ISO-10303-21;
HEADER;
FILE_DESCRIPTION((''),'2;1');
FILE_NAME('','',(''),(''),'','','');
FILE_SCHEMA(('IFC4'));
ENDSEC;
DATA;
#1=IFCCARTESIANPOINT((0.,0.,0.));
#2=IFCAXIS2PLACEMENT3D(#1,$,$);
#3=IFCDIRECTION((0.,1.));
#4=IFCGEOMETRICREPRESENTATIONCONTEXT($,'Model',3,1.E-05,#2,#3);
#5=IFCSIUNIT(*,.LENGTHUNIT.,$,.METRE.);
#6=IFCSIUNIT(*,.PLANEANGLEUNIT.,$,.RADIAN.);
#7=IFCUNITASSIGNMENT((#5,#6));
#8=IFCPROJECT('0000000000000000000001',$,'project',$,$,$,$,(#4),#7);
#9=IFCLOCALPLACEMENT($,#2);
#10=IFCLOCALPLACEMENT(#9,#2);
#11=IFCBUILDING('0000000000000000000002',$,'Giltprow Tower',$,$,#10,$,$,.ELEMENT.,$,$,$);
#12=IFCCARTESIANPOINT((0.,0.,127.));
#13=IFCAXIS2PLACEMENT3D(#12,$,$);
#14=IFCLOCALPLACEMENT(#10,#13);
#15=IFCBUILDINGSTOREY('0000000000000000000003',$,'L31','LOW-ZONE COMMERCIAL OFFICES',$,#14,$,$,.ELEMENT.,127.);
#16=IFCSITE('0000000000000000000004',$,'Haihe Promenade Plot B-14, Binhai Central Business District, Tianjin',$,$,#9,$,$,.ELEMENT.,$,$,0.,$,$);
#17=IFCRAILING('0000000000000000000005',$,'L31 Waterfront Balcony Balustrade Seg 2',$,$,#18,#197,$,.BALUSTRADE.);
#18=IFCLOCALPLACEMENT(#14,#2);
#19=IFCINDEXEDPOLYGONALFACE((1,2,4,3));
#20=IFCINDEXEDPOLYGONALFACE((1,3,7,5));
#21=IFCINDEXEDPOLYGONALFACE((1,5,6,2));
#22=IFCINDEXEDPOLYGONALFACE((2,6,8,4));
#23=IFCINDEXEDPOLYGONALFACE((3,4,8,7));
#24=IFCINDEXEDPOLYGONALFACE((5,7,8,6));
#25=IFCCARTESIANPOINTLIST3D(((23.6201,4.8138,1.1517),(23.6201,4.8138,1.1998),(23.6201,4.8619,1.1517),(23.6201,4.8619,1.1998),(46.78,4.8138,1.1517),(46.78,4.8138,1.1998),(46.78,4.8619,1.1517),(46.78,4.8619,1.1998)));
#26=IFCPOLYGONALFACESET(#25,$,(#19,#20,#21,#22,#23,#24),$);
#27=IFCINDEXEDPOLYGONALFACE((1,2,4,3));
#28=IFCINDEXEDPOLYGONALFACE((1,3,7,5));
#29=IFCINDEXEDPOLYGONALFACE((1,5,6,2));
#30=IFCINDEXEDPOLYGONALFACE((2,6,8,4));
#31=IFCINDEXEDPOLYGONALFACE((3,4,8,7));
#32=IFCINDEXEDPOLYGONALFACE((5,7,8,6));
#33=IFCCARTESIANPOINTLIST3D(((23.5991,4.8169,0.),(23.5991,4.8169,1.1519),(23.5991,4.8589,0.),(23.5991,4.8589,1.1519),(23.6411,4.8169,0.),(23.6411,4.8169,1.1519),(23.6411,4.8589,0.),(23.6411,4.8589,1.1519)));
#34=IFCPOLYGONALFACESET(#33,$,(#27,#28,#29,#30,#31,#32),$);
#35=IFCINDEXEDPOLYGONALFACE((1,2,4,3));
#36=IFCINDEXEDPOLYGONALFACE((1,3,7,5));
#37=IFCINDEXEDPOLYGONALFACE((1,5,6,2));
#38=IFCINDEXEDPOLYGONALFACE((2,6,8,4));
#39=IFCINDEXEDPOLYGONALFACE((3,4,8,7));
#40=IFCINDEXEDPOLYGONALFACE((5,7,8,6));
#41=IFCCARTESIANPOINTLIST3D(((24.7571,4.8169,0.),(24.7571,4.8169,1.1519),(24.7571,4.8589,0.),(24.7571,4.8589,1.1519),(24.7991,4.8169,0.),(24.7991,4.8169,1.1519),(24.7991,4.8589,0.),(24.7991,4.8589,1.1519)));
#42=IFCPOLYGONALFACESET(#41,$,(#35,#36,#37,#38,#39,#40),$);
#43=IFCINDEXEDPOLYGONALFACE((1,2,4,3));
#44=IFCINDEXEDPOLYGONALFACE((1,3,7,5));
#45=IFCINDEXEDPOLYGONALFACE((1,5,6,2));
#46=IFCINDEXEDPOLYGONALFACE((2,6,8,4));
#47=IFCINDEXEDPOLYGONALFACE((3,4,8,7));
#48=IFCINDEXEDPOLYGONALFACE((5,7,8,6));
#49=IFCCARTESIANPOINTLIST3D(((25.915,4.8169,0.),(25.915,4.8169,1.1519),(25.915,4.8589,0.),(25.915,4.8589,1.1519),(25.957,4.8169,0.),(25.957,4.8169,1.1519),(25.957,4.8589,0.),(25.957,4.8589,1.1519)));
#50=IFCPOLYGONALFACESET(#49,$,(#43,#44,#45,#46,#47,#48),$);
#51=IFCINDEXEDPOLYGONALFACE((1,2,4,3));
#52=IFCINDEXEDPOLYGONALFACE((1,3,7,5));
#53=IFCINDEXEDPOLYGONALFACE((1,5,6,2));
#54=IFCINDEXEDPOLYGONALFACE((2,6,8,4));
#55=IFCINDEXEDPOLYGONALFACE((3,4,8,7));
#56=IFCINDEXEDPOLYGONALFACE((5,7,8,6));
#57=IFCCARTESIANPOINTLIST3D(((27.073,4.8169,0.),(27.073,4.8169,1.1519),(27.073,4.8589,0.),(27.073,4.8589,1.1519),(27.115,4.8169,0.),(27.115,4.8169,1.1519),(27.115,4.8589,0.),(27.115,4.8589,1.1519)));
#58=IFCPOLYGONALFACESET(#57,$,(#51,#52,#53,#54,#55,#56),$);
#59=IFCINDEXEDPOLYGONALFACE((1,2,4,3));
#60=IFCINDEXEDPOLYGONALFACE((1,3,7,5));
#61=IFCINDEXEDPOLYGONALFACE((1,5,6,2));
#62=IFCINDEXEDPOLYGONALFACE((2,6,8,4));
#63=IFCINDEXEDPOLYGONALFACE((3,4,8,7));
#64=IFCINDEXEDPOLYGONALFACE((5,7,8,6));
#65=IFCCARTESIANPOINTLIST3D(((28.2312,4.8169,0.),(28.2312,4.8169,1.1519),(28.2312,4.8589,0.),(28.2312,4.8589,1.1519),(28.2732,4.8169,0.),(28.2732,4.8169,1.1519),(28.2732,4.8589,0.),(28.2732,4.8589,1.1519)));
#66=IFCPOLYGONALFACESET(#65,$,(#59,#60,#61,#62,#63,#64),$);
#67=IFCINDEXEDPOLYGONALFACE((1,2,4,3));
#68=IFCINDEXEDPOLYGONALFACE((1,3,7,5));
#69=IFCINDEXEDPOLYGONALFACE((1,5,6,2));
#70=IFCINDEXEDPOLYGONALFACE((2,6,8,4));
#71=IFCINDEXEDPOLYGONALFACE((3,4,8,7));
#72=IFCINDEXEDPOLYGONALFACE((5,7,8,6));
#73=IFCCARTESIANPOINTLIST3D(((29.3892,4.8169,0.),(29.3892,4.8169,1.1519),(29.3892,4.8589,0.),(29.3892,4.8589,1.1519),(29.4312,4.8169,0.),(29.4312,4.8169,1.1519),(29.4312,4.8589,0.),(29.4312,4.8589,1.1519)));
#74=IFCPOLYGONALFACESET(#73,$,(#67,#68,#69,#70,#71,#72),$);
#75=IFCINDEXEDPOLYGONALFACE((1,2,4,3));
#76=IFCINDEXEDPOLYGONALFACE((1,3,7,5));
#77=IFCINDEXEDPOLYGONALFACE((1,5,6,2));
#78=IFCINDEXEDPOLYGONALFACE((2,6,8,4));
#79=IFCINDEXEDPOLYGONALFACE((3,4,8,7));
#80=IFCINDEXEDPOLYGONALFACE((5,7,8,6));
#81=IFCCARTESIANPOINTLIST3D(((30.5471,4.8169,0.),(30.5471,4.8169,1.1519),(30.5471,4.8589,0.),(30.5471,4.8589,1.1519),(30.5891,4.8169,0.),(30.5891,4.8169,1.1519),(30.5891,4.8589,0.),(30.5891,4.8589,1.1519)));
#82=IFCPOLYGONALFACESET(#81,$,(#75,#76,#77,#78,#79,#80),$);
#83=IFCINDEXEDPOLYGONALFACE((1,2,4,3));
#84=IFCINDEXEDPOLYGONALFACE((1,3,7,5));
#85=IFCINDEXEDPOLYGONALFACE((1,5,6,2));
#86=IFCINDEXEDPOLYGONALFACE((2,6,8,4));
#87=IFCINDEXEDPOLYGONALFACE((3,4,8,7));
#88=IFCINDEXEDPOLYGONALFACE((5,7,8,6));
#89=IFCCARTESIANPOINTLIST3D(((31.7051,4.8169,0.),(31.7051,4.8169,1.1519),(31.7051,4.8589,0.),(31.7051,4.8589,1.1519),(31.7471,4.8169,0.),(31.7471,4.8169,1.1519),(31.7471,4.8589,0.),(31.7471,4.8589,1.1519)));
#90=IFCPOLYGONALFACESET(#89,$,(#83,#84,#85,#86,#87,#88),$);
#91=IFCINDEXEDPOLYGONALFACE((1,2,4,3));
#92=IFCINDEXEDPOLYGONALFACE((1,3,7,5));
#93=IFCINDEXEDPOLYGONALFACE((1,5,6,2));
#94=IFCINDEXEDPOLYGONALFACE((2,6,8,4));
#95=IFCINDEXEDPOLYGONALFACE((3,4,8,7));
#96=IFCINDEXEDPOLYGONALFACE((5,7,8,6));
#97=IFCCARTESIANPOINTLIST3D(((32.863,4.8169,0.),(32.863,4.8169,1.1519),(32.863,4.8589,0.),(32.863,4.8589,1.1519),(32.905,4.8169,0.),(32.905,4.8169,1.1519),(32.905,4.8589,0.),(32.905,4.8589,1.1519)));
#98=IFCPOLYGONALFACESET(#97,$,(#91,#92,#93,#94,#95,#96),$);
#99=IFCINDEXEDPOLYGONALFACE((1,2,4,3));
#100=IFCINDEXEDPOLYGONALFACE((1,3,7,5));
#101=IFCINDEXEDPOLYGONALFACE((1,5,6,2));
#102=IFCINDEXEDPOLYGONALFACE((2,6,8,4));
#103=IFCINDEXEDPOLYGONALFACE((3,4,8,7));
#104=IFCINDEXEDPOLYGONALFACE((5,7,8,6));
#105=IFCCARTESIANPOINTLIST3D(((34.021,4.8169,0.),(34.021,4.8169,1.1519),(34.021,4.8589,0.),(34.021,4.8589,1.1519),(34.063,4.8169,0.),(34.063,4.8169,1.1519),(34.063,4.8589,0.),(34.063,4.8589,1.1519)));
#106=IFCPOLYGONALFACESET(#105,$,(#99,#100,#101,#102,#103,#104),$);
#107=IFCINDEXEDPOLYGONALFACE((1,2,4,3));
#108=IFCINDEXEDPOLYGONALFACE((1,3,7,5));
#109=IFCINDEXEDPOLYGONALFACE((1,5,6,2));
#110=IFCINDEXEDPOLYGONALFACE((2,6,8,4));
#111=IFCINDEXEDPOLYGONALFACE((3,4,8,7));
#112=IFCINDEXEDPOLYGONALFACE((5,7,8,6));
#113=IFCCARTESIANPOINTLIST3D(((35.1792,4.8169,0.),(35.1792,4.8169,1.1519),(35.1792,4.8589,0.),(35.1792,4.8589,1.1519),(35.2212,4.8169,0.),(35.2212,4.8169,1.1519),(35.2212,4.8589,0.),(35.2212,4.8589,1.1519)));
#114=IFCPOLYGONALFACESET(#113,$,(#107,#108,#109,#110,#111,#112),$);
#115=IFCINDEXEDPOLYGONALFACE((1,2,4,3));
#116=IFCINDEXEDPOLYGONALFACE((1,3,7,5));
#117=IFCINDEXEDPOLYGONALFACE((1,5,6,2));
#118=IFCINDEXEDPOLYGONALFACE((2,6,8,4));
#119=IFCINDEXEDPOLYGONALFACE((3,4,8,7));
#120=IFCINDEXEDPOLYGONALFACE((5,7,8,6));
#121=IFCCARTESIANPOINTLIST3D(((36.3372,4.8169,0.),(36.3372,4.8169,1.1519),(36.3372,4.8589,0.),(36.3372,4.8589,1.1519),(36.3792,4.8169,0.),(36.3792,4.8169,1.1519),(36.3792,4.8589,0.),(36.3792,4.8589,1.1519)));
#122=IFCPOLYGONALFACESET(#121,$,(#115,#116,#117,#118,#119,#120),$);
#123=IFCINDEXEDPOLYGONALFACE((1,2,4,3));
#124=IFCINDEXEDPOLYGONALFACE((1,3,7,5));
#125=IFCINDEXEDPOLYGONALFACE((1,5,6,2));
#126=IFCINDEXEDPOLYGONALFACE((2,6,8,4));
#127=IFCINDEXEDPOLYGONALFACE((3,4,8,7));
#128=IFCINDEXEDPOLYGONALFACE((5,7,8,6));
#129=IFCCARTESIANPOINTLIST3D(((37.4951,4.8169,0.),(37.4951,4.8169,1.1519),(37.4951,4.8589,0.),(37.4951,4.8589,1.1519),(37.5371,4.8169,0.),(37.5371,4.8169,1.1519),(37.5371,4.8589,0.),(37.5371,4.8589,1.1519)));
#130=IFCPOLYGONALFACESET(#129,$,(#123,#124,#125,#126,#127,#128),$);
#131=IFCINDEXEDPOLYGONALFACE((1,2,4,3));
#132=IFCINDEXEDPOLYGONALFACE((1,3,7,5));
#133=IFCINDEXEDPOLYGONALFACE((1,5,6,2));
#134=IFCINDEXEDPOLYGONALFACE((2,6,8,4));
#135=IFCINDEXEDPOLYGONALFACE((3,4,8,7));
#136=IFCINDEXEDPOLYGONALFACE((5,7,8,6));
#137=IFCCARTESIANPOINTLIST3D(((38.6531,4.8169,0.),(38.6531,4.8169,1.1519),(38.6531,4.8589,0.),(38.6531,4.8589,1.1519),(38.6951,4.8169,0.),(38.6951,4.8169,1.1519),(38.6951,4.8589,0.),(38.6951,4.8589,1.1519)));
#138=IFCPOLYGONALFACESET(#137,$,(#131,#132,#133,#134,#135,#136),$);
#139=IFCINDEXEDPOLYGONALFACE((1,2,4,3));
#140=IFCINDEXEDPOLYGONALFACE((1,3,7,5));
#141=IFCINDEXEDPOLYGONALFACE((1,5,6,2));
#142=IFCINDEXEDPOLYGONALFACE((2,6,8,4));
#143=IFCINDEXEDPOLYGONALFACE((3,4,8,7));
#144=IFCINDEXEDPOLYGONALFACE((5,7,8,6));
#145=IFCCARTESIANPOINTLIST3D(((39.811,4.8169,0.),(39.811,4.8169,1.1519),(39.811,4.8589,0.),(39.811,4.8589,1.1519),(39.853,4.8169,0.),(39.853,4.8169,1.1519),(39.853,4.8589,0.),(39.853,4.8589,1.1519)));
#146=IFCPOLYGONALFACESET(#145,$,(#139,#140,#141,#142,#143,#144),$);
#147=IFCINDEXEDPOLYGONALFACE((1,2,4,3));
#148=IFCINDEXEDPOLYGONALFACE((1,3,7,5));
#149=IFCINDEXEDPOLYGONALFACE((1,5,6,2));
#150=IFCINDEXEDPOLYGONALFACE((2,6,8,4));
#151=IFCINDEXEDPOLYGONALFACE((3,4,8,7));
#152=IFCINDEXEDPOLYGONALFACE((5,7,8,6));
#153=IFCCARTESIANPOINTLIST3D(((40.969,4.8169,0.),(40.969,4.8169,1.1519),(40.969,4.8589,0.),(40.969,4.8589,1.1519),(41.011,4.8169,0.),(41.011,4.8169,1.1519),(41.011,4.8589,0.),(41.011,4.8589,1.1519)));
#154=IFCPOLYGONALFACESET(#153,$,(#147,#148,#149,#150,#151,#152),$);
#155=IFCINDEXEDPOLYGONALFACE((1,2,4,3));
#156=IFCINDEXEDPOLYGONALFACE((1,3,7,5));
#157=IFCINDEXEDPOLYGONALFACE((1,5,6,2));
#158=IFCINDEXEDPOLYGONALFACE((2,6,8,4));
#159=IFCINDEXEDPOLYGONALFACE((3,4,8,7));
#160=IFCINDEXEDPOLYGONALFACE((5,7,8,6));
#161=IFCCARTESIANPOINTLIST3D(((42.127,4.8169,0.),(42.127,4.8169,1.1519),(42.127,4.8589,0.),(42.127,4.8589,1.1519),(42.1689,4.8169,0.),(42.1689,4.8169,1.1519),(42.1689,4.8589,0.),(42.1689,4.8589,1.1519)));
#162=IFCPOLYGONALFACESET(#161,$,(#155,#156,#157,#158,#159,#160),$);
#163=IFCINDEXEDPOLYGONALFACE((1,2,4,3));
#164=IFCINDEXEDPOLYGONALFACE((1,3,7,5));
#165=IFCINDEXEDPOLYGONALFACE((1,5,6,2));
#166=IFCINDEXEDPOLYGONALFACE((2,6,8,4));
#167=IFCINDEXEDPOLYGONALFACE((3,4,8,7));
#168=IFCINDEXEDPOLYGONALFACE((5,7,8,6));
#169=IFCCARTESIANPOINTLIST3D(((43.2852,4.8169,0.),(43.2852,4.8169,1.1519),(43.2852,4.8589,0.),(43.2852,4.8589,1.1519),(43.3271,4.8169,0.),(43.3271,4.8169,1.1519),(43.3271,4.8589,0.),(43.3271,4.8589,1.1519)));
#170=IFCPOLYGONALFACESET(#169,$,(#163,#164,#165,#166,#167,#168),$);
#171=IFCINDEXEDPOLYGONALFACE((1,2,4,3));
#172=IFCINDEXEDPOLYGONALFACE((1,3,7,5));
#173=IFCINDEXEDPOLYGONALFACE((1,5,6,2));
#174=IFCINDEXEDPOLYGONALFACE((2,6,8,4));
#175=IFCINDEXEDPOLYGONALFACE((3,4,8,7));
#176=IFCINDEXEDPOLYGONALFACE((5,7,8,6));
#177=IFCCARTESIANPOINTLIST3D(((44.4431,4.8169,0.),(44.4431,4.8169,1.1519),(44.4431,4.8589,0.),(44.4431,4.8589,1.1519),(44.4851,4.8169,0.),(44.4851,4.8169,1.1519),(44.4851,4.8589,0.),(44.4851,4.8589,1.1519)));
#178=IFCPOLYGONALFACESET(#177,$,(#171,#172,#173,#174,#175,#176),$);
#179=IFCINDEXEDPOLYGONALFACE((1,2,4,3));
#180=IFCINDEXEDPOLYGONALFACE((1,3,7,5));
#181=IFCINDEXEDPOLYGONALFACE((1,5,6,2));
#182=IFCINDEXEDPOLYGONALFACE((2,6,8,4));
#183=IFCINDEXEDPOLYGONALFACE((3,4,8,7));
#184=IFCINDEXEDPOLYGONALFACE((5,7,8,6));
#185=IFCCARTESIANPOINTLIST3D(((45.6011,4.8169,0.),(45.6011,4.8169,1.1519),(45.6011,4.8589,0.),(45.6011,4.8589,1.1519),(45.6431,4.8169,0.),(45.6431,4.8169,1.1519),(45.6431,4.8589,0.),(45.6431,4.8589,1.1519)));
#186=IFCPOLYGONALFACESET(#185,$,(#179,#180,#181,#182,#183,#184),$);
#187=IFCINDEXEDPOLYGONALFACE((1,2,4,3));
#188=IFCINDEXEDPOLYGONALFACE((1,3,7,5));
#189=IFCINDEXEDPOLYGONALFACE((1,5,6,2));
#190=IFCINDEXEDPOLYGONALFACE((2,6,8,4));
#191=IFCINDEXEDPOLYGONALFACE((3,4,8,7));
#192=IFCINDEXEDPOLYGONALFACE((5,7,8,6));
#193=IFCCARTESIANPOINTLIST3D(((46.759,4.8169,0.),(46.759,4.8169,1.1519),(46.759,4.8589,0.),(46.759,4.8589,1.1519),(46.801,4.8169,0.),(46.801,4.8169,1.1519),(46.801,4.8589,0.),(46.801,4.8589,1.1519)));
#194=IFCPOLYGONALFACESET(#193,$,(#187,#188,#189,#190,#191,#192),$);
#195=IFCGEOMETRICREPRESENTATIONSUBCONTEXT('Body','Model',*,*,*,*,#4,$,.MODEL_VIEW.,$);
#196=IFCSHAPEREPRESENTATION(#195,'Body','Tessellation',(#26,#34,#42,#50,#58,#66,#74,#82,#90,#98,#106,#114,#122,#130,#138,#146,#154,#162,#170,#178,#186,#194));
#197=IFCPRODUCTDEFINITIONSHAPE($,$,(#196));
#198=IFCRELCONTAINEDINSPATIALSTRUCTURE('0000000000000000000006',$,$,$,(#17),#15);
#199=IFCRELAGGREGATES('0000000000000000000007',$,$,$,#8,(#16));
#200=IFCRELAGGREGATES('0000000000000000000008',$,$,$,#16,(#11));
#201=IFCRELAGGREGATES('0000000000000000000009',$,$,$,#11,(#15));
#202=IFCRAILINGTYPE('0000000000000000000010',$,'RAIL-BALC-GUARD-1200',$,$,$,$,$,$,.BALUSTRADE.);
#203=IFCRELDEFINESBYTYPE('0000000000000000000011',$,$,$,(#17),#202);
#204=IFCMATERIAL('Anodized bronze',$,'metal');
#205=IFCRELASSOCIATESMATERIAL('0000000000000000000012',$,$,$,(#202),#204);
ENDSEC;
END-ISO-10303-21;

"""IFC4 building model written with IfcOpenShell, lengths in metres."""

from ifc_helpers import new_model, si_unit, direction, frame, origin, origin_2d, place, context, subcontext, project, spatial, rectangle, extrude, material, type_object, element, save


model = new_model("IFC4")

# Units and contexts
model_context = context("Model", 3, precision=1e-05, world=origin(), true_north=direction((0.0, 1.0)))
body_context = subcontext(model_context, "Body", "Model", "MODEL_VIEW")
ifc_project = project(units=[si_unit("LENGTHUNIT", "METRE"), si_unit("PLANEANGLEUNIT", "RADIAN")], contexts=[model_context])

# Site, building, storey
site_placement = place(None, origin())
site = spatial("IfcSite", under=ifc_project, at=site_placement, Name="Haihe Promenade Plot B-14, Binhai Central Business District, Tianjin", CompositionType="ELEMENT", RefElevation=0.0)
building_placement = place(site_placement, origin())
building = spatial("IfcBuilding", under=site, at=building_placement, Name="Giltprow Tower", CompositionType="ELEMENT")
storey_placement = place(building_placement, frame((0.0, 0.0, 127.0)))
storey = spatial("IfcBuildingStorey", under=building, at=storey_placement, Name="L31", Description="LOW-ZONE COMMERCIAL OFFICES", CompositionType="ELEMENT", Elevation=127.0)

# Shared definitions
ifc_material_1 = material(Name="Anodized bronze", Category="metal")

# Railing
railing_type = type_object("IfcRailingType", Name="RAIL-BALC-GUARD-1200", PredefinedType="BALUSTRADE", material=ifc_material_1)
railing_1_placement = place(storey_placement, frame((23.6201, 4.8379, 0.0)))
element("IfcRailing", 1, at=railing_1_placement, inside=storey, type_object=railing_type, Name="L31 Waterfront Balcony Balustrade Seg 2", PredefinedType="BALUSTRADE", context=body_context, shape_type="SweptSolid", body=[
    extrude(rectangle(XDim=0.0481, YDim=0.0481, at=origin_2d()), frame((0.0, 0.0, 1.1758), z_axis=(1.0, 0.0, 0.0), x_axis=(0.0, 1.0, 0.0)), (0.0, 0.0, 1.0), 23.1599),
    extrude(rectangle(XDim=0.042, YDim=0.042, at=origin_2d()), origin(), (0.0, 0.0, 1.0), 1.1519),
    extrude(rectangle(XDim=0.042, YDim=0.042, at=origin_2d()), frame((1.158, 0.0, 0.0)), (0.0, 0.0, 1.0), 1.1519),
    extrude(rectangle(XDim=0.042, YDim=0.042, at=origin_2d()), frame((2.3159, 0.0, 0.0)), (0.0, 0.0, 1.0), 1.1519),
    extrude(rectangle(XDim=0.042, YDim=0.042, at=origin_2d()), frame((3.4739, 0.0, 0.0)), (0.0, 0.0, 1.0), 1.1519),
    extrude(rectangle(XDim=0.042, YDim=0.042, at=origin_2d()), frame((4.6321, 0.0, 0.0)), (0.0, 0.0, 1.0), 1.1519),
    extrude(rectangle(XDim=0.042, YDim=0.042, at=origin_2d()), frame((5.79, 0.0, 0.0)), (0.0, 0.0, 1.0), 1.1519),
    extrude(rectangle(XDim=0.042, YDim=0.042, at=origin_2d()), frame((6.948, 0.0, 0.0)), (0.0, 0.0, 1.0), 1.1519),
    extrude(rectangle(XDim=0.042, YDim=0.042, at=origin_2d()), frame((8.106, 0.0, 0.0)), (0.0, 0.0, 1.0), 1.1519),
    extrude(rectangle(XDim=0.042, YDim=0.042, at=origin_2d()), frame((9.2639, 0.0, 0.0)), (0.0, 0.0, 1.0), 1.1519),
    extrude(rectangle(XDim=0.042, YDim=0.042, at=origin_2d()), frame((10.4219, 0.0, 0.0)), (0.0, 0.0, 1.0), 1.1519),
    extrude(rectangle(XDim=0.042, YDim=0.042, at=origin_2d()), frame((11.5801, 0.0, 0.0)), (0.0, 0.0, 1.0), 1.1519),
    extrude(rectangle(XDim=0.042, YDim=0.042, at=origin_2d()), frame((12.738, 0.0, 0.0)), (0.0, 0.0, 1.0), 1.1519),
    extrude(rectangle(XDim=0.042, YDim=0.042, at=origin_2d()), frame((13.896, 0.0, 0.0)), (0.0, 0.0, 1.0), 1.1519),
    extrude(rectangle(XDim=0.042, YDim=0.042, at=origin_2d()), frame((15.054, 0.0, 0.0)), (0.0, 0.0, 1.0), 1.1519),
    extrude(rectangle(XDim=0.042, YDim=0.042, at=origin_2d()), frame((16.2119, 0.0, 0.0)), (0.0, 0.0, 1.0), 1.1519),
    extrude(rectangle(XDim=0.042, YDim=0.042, at=origin_2d()), frame((17.3699, 0.0, 0.0)), (0.0, 0.0, 1.0), 1.1519),
    extrude(rectangle(XDim=0.042, YDim=0.042, at=origin_2d()), frame((18.5278, 0.0, 0.0)), (0.0, 0.0, 1.0), 1.1519),
    extrude(rectangle(XDim=0.042, YDim=0.042, at=origin_2d()), frame((19.686, 0.0, 0.0)), (0.0, 0.0, 1.0), 1.1519),
    extrude(rectangle(XDim=0.042, YDim=0.042, at=origin_2d()), frame((20.844, 0.0, 0.0)), (0.0, 0.0, 1.0), 1.1519),
    extrude(rectangle(XDim=0.042, YDim=0.042, at=origin_2d()), frame((22.002, 0.0, 0.0)), (0.0, 0.0, 1.0), 1.1519),
    extrude(rectangle(XDim=0.042, YDim=0.042, at=origin_2d()), frame((23.1599, 0.0, 0.0)), (0.0, 0.0, 1.0), 1.1519),
])

save(model, "model.ifc")
